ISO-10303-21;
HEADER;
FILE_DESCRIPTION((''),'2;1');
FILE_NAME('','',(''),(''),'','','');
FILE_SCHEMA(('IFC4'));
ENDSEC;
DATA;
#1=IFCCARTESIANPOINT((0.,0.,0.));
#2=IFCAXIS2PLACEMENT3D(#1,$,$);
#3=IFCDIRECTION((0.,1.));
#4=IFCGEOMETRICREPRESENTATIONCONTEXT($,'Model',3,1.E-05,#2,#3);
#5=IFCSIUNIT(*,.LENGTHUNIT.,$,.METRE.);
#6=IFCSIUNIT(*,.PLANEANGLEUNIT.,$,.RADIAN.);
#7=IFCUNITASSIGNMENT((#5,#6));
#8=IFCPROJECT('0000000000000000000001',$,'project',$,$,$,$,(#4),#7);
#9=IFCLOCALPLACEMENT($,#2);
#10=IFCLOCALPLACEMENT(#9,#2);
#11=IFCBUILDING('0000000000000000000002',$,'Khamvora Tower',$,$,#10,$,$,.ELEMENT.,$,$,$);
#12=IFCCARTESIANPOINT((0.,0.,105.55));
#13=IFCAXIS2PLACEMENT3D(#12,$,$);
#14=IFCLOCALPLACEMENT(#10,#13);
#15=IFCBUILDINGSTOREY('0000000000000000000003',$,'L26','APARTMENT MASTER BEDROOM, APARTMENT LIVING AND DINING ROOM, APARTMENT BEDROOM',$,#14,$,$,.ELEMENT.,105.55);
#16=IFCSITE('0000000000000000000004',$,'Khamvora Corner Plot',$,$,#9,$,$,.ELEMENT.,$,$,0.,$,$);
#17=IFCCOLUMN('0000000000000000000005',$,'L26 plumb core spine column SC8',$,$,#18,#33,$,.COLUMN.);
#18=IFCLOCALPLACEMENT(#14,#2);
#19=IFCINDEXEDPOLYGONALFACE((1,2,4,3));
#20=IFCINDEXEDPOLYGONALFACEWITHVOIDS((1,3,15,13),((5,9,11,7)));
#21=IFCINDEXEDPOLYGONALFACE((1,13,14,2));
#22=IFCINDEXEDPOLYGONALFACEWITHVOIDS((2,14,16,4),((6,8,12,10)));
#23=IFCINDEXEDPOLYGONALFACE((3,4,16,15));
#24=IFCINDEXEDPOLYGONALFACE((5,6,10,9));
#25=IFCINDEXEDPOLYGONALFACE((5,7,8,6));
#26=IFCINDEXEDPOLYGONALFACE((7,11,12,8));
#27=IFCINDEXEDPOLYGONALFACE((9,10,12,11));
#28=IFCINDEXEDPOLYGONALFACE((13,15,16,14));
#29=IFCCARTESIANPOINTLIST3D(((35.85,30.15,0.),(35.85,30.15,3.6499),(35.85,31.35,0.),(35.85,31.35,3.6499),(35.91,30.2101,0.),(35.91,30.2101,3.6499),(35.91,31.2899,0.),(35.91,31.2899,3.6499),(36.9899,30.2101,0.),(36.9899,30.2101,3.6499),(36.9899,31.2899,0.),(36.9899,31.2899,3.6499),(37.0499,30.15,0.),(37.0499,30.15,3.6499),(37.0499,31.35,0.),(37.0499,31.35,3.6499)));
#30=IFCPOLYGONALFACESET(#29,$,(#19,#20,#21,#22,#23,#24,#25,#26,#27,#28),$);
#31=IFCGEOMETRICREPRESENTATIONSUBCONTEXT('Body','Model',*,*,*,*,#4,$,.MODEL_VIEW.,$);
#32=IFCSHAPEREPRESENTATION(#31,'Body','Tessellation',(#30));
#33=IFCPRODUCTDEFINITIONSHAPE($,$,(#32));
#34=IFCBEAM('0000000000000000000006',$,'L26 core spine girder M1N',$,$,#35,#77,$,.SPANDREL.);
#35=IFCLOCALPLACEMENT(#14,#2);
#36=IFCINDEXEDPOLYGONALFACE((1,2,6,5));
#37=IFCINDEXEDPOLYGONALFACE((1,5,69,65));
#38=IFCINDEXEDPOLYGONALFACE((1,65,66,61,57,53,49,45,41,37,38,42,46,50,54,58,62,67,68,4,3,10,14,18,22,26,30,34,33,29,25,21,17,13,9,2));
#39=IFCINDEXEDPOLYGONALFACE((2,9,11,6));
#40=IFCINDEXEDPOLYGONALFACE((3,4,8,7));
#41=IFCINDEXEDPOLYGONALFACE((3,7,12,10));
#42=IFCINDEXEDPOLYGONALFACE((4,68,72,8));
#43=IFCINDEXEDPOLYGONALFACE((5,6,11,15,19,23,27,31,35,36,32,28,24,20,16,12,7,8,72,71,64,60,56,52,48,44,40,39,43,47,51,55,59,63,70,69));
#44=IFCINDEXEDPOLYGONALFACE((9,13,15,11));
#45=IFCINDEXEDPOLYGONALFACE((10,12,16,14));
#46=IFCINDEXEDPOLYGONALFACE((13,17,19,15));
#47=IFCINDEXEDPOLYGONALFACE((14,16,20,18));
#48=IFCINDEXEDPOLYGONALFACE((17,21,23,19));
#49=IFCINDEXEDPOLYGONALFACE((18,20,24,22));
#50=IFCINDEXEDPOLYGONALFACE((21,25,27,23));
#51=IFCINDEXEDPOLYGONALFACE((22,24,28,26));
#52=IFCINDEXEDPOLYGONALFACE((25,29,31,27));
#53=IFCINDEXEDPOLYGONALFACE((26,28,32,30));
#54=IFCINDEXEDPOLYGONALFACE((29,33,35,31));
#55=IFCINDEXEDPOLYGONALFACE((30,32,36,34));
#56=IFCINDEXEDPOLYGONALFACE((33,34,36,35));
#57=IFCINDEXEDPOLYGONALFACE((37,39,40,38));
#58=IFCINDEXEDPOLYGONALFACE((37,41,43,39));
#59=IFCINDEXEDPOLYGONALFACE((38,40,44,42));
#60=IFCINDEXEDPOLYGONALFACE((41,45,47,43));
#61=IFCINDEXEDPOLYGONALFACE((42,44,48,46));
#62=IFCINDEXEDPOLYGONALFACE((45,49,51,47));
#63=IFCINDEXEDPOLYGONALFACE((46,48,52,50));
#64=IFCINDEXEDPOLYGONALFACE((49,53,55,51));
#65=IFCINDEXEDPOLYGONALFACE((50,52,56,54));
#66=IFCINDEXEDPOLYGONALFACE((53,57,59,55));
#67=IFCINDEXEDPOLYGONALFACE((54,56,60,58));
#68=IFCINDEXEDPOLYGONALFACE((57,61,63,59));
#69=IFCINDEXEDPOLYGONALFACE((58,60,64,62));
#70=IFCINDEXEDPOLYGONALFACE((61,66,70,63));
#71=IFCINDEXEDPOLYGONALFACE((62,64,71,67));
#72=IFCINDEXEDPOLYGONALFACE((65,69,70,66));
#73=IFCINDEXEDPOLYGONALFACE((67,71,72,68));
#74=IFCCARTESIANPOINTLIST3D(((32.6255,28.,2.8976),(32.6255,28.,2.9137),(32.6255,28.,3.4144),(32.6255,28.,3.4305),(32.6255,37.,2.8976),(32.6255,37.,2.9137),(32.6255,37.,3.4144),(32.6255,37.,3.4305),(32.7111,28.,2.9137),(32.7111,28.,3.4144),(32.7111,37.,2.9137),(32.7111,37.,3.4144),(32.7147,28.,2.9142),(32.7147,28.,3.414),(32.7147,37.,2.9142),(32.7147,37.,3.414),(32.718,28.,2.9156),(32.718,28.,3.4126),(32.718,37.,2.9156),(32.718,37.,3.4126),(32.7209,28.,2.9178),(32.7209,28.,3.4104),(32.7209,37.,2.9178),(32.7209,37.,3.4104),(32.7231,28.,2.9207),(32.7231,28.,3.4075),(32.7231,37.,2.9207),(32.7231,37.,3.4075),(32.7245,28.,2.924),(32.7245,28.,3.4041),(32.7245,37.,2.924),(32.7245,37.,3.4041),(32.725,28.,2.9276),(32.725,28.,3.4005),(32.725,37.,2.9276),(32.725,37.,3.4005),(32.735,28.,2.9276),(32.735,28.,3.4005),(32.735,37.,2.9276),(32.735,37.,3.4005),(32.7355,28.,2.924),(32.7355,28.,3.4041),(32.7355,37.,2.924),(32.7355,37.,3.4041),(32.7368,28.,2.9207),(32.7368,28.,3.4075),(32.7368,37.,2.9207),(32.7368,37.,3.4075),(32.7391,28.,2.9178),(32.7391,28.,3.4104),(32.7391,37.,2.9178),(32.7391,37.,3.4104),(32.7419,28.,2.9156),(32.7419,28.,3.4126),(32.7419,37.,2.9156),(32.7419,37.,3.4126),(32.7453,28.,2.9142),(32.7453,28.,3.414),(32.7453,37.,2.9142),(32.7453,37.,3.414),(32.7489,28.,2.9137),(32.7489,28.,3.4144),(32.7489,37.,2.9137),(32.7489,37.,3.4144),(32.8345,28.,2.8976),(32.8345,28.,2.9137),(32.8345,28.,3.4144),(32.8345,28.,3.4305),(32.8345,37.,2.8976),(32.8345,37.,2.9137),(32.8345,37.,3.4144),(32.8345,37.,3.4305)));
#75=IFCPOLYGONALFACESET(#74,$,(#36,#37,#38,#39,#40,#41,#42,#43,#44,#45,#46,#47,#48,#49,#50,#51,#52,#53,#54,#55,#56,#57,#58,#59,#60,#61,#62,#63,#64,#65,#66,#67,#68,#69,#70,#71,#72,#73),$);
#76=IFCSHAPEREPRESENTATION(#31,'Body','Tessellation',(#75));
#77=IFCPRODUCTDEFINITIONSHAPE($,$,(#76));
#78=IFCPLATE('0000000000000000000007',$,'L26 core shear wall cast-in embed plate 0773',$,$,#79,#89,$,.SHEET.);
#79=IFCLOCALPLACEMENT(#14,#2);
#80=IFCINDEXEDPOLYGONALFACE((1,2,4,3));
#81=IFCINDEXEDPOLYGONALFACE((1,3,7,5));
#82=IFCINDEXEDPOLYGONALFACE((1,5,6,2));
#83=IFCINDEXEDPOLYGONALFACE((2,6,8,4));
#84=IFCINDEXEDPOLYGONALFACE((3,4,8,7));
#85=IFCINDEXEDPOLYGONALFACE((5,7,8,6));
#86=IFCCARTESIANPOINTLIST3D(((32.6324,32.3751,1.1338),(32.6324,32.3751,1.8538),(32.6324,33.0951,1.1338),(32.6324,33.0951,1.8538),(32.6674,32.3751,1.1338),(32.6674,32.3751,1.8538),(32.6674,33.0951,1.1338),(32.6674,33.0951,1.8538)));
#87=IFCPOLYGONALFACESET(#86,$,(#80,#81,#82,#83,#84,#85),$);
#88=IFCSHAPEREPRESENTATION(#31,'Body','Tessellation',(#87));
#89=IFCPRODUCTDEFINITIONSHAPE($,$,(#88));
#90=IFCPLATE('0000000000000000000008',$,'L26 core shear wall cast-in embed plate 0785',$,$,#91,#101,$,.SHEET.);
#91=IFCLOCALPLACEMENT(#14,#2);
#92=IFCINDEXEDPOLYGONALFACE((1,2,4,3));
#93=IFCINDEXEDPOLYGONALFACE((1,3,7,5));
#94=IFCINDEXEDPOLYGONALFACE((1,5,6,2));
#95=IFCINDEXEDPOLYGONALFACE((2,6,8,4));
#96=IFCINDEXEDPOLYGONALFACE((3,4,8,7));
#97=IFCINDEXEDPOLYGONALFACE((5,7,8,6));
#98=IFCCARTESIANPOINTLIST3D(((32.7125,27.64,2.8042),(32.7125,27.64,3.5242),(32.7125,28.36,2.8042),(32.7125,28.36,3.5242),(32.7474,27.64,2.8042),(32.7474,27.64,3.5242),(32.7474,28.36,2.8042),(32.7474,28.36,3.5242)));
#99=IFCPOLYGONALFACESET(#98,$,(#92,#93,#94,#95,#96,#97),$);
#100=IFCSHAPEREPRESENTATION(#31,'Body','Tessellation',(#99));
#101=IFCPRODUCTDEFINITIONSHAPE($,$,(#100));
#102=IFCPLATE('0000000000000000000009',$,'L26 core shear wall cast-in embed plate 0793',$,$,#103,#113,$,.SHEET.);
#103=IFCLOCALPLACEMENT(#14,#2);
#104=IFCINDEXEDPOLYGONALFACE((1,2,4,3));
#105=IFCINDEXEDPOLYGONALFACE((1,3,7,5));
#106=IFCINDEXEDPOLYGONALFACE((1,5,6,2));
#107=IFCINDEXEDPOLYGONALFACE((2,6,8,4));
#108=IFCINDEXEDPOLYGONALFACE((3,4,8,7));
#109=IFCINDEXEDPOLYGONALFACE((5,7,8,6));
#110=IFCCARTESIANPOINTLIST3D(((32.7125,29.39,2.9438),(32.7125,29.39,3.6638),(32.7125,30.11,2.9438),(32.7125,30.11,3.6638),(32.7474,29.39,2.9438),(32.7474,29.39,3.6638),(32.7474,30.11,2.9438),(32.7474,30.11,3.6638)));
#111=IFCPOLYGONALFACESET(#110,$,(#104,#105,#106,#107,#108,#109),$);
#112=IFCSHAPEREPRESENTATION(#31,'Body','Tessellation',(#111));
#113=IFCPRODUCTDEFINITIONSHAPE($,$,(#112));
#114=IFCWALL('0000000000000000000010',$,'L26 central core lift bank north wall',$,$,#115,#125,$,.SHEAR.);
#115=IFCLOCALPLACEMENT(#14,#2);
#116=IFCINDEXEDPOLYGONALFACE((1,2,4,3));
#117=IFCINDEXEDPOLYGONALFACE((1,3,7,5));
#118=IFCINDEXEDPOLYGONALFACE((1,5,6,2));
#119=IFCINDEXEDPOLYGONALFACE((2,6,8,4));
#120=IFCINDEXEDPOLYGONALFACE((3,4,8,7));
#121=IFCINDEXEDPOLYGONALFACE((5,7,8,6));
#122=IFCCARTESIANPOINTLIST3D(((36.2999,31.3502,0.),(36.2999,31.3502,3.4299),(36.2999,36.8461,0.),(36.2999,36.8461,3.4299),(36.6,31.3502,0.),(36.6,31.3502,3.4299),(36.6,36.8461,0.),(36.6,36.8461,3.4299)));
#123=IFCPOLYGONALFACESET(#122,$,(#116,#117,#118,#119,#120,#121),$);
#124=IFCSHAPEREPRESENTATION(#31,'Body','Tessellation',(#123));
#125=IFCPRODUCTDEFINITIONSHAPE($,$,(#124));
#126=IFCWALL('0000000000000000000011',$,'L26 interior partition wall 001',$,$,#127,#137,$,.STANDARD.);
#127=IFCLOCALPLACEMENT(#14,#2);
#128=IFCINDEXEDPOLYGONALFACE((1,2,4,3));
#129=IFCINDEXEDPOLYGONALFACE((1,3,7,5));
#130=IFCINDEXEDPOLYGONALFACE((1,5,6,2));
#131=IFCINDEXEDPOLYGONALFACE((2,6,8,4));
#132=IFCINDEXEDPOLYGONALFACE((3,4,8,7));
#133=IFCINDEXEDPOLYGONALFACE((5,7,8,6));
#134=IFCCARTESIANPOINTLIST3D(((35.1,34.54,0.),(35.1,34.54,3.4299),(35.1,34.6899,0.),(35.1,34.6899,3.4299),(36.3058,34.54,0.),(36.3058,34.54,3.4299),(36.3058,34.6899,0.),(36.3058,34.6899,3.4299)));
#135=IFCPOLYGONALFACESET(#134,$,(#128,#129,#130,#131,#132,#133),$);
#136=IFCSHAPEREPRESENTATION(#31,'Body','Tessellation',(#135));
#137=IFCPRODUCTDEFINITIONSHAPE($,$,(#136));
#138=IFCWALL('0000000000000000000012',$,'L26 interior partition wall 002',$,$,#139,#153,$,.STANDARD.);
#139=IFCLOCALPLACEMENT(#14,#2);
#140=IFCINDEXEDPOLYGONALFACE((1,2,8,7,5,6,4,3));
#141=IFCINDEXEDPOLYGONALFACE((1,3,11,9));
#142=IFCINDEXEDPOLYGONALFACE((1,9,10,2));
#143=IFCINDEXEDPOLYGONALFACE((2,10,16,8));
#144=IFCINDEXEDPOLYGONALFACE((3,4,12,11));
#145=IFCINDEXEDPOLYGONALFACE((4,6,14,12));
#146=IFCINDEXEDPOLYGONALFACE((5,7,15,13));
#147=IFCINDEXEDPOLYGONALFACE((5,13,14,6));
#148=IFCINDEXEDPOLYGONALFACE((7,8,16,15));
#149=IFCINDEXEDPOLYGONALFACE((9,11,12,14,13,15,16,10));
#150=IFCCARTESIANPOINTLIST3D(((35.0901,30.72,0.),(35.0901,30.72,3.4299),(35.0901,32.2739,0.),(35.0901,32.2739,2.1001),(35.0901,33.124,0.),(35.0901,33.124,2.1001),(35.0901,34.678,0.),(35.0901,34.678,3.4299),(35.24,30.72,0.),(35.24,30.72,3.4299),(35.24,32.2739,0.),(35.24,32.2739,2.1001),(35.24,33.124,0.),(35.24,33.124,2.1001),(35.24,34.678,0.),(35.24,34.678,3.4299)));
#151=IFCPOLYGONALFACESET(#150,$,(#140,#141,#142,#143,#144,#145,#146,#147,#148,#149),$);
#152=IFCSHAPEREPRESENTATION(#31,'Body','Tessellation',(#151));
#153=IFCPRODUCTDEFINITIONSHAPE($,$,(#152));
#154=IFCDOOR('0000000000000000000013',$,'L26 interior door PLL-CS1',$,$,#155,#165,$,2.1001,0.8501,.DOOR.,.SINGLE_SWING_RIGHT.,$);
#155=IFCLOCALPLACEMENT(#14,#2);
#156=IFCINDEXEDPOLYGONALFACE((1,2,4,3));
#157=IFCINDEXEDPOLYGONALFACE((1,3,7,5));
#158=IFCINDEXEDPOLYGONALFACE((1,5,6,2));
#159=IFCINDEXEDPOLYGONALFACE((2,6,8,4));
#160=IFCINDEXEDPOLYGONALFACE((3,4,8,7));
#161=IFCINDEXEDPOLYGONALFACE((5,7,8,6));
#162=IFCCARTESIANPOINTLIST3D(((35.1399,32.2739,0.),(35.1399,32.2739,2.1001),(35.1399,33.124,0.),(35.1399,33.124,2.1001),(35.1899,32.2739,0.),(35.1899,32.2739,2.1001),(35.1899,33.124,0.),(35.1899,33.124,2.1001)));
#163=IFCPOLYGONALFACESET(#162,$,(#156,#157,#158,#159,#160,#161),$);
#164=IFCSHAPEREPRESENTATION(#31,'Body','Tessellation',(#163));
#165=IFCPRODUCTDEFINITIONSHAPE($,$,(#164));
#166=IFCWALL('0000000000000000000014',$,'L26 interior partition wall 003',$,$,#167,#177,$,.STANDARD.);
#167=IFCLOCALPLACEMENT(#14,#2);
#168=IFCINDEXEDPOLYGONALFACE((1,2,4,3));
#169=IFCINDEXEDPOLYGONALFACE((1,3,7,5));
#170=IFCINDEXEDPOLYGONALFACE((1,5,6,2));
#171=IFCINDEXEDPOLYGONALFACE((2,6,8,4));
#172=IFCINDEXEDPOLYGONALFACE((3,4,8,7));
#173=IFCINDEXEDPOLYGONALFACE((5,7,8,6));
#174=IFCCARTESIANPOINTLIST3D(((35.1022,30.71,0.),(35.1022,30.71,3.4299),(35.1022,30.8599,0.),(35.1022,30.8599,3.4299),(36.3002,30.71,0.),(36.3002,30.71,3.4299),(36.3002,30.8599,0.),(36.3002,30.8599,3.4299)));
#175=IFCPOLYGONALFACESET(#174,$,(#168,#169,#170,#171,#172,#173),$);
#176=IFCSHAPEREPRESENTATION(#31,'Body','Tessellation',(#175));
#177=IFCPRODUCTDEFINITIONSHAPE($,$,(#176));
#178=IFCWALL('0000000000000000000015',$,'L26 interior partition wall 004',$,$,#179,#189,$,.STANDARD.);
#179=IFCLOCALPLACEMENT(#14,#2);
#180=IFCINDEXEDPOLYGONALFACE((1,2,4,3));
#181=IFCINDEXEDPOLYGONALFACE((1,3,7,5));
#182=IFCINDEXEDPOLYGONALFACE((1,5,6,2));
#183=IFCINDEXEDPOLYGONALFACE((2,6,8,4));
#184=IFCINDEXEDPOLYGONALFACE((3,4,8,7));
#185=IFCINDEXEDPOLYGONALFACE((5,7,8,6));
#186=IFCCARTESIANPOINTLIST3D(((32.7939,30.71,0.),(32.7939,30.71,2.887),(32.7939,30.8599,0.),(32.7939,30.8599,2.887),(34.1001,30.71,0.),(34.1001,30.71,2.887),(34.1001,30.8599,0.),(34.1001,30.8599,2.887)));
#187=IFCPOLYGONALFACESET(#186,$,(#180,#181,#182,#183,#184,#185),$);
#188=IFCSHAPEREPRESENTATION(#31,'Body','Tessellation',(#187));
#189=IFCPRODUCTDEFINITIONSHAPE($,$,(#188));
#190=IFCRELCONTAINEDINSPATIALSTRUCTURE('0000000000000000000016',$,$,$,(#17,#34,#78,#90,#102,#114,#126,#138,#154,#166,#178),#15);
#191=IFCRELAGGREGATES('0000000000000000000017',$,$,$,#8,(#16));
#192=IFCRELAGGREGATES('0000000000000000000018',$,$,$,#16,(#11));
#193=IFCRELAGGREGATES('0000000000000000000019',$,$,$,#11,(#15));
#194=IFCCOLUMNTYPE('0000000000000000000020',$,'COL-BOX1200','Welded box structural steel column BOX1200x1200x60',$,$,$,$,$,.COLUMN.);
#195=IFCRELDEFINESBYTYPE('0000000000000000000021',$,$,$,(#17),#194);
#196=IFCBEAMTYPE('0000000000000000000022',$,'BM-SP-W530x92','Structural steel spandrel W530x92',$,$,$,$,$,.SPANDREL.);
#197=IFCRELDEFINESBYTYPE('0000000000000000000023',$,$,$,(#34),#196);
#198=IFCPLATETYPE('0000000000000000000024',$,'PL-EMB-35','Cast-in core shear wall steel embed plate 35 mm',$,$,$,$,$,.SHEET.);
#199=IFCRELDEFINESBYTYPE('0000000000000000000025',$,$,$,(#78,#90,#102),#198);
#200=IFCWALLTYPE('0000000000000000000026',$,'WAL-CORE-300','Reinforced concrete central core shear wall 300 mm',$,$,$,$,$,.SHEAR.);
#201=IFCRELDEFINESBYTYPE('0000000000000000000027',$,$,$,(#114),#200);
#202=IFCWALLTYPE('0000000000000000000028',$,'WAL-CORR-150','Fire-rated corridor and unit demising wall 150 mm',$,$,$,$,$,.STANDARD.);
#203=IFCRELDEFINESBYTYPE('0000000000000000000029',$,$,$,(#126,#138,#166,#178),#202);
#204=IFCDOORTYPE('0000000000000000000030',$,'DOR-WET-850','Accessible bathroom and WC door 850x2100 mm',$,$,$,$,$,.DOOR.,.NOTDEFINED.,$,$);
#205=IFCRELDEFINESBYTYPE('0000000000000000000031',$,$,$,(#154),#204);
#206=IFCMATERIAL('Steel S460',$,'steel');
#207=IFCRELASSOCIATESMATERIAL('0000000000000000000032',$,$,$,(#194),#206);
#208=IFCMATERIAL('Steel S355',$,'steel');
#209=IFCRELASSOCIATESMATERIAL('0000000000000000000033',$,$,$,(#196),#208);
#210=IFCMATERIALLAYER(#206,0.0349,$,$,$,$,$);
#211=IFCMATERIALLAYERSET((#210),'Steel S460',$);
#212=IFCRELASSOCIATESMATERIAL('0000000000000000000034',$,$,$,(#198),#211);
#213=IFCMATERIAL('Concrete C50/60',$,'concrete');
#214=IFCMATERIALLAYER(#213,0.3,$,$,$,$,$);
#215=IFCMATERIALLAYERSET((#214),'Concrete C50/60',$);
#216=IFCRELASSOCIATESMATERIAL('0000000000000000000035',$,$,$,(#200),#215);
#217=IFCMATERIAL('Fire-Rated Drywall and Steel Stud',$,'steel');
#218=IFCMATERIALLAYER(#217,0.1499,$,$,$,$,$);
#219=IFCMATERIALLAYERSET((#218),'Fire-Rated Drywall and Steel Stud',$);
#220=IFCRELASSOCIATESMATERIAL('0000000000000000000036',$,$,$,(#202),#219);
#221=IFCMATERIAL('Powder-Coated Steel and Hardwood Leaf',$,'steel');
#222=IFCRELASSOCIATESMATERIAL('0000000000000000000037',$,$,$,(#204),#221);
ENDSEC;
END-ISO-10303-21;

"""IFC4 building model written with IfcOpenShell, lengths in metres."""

from ifc_helpers import new_model, si_unit, direction, frame, frame_2d, origin, origin_2d, place, context, subcontext, project, spatial, rectangle, hollow_rectangle, i_section, extrude, material, layer, layer_set, material_profile, profile_set, type_object, element, fill, save


model = new_model("IFC4")

# Units and contexts
model_context = context("Model", 3, precision=1e-05, world=origin(), true_north=direction((0.0, 1.0)))
body_context = subcontext(model_context, "Body", "Model", "MODEL_VIEW")
ifc_project = project(units=[si_unit("LENGTHUNIT", "METRE"), si_unit("PLANEANGLEUNIT", "RADIAN")], contexts=[model_context])

# Site, building, storey
site_placement = place(None, origin())
site = spatial("IfcSite", under=ifc_project, at=site_placement, Name="Khamvora Corner Plot", CompositionType="ELEMENT", RefElevation=0.0)
building_placement = place(site_placement, origin())
building = spatial("IfcBuilding", under=site, at=building_placement, Name="Khamvora Tower", CompositionType="ELEMENT")
storey_placement = place(building_placement, frame((0.0, 0.0, 105.55)))
storey = spatial("IfcBuildingStorey", under=building, at=storey_placement, Name="L26", Description="APARTMENT MASTER BEDROOM, APARTMENT LIVING AND DINING ROOM, APARTMENT BEDROOM", CompositionType="ELEMENT", Elevation=105.55)

# Column
ifc_material_1 = material(Name="Steel S460", Category="steel")
ifc_material_profile_1 = material_profile(ifc_material_1, hollow_rectangle(XDim=1.2, YDim=1.2, WallThickness=0.0601, at=origin_2d()), Name="BOX1200x1200x60")
ifc_profile_set_1 = profile_set([ifc_material_profile_1], Name="Steel S460")
column_type = type_object("IfcColumnType", Name="COL-BOX1200", Description="Welded box structural steel column BOX1200x1200x60", PredefinedType="COLUMN", material=ifc_profile_set_1)
column_placement = place(storey_placement, frame((36.45, 30.75, 0.0), z_axis=(0.0, 0.0, 1.0), x_axis=(1.0, 0.0, 0.0)))
element("IfcColumn", 1, at=column_placement, inside=storey, type_object=column_type, Name="L26 plumb core spine column SC8", PredefinedType="COLUMN", context=body_context, shape_type="SweptSolid", body=[
    extrude(hollow_rectangle(XDim=1.2, YDim=1.2, WallThickness=0.0601, at=origin_2d()), origin(), (0.0, 0.0, 1.0), 3.6499),
])

# Beam
ifc_material_2 = material(Name="Steel S355", Category="steel")
ifc_material_profile_2 = material_profile(ifc_material_2, i_section(OverallWidth=0.209, OverallDepth=0.533, WebThickness=0.01, FlangeThickness=0.0161, FilletRadius=0.0139, at=origin_2d()), Name="W530x92")
ifc_profile_set_2 = profile_set([ifc_material_profile_2], Name="Steel S355")
beam_type = type_object("IfcBeamType", Name="BM-SP-W530x92", Description="Structural steel spandrel W530x92", PredefinedType="SPANDREL", material=ifc_profile_set_2)
beam_placement = place(storey_placement, frame((32.73, 28.0, 3.1641), z_axis=(0.0, 1.0, 0.0), x_axis=(-1.0, 0.0, 0.0)))
element("IfcBeam", 2, at=beam_placement, inside=storey, type_object=beam_type, Name="L26 core spine girder M1N", PredefinedType="SPANDREL", context=body_context, shape_type="SweptSolid", body=[
    extrude(i_section(OverallWidth=0.209, OverallDepth=0.533, WebThickness=0.01, FlangeThickness=0.0161, FilletRadius=0.0139, at=origin_2d()), origin(), (0.0, 0.0, 1.0), 9.0),
])

# Plates
ifc_layer_1 = layer(ifc_material_1, 0.0349)
ifc_layer_set_1 = layer_set([ifc_layer_1], Name="Steel S460")
plate_type = type_object("IfcPlateType", Name="PL-EMB-35", Description="Cast-in core shear wall steel embed plate 35 mm", PredefinedType="SHEET", material=ifc_layer_set_1)
for number, where, z_axis, x_axis, name in (
    (3, (32.6499, 32.7351, 1.1338), (0.0, 0.0, 1.0), (1.0, 0.0, 0.0), "L26 core shear wall cast-in embed plate 0773"),
    (4, (32.73, 28.0, 2.8042), (0.0, 0.0, 1.0), (1.0, 0.0, 0.0), "L26 core shear wall cast-in embed plate 0785"),
    (5, (32.73, 29.75, 2.9438), (0.0, 0.0, 1.0), (1.0, 0.0, 0.0), "L26 core shear wall cast-in embed plate 0793"),
):
    element("IfcPlate", number, at=place(storey_placement, frame(where, z_axis=z_axis, x_axis=x_axis)), inside=storey, type_object=plate_type, Name=name, PredefinedType="SHEET", context=body_context, shape_type="SweptSolid", body=[
        extrude(rectangle(XDim=0.0349, YDim=0.72, at=origin_2d()), origin(), (0.0, 0.0, 1.0), 0.72),
    ])

# Walls
ifc_material_3 = material(Name="Concrete C50/60", Category="concrete")
ifc_layer_2 = layer(ifc_material_3, 0.3)
ifc_layer_set_2 = layer_set([ifc_layer_2], Name="Concrete C50/60")
wall_type_1 = type_object("IfcWallType", Name="WAL-CORE-300", Description="Reinforced concrete central core shear wall 300 mm", PredefinedType="SHEAR", material=ifc_layer_set_2)
wall_1_placement = place(storey_placement, frame((36.45, 31.3501, 0.0), z_axis=(0.0, 0.0, 1.0), x_axis=(0.0, 1.0, 0.0)))
element("IfcWall", 6, at=wall_1_placement, inside=storey, type_object=wall_type_1, Name="L26 central core lift bank north wall", PredefinedType="SHEAR", context=body_context, shape_type="SweptSolid", body=[
    extrude(rectangle(XDim=5.4958, YDim=0.3, at=frame_2d((2.748, 0.0))), origin(), (0.0, 0.0, 1.0), 3.4299),
])
ifc_material_4 = material(Name="Fire-Rated Drywall and Steel Stud", Category="steel")
ifc_layer_3 = layer(ifc_material_4, 0.1499)
ifc_layer_set_3 = layer_set([ifc_layer_3], Name="Fire-Rated Drywall and Steel Stud")
wall_type_2 = type_object("IfcWallType", Name="WAL-CORR-150", Description="Fire-rated corridor and unit demising wall 150 mm", PredefinedType="STANDARD", material=ifc_layer_set_3)
wall_2_placement = place(storey_placement, frame((36.3059, 34.615, 0.0), z_axis=(0.0, 0.0, 1.0), x_axis=(-1.0, 0.0, 0.0)))
element("IfcWall", 7, at=wall_2_placement, inside=storey, type_object=wall_type_2, Name="L26 interior partition wall 001", PredefinedType="STANDARD", context=body_context, shape_type="SweptSolid", body=[
    extrude(rectangle(XDim=1.2058, YDim=0.1499, at=frame_2d((0.603, 0.0))), origin(), (0.0, 0.0, 1.0), 3.4299),
])

# Wall, opening, door
wall_3_placement = place(storey_placement, frame((35.165, 34.678, 0.0), z_axis=(0.0, 0.0, 1.0), x_axis=(0.0, -1.0, 0.0)))
wall_3 = element("IfcWall", 8, at=wall_3_placement, inside=storey, type_object=wall_type_2, Name="L26 interior partition wall 002", PredefinedType="STANDARD", context=body_context, shape_type="SweptSolid", body=[
    extrude(rectangle(XDim=3.958, YDim=0.1499, at=frame_2d((1.979, 0.0))), origin(), (0.0, 0.0, 1.0), 3.4299),
])
opening_1_placement = place(wall_3_placement, frame((1.554, 0.0, 0.0)))
opening_1 = element("IfcOpeningElement", 9, at=opening_1_placement, cuts=wall_3, PredefinedType="OPENING", context=body_context, shape_type="SweptSolid", body=[
    extrude(rectangle(XDim=0.8501, YDim=2.1001, at=frame_2d((0.425, 1.05))), frame((0.0, 0.085, 0.0), z_axis=(0.0, -1.0, 0.0), x_axis=(1.0, 0.0, 0.0)), (0.0, 0.0, 1.0), 0.1699),
])
ifc_material_5 = material(Name="Powder-Coated Steel and Hardwood Leaf", Category="steel")
door_type_1 = type_object("IfcDoorType", Name="DOR-WET-850", Description="Accessible bathroom and WC door 850x2100 mm", OperationType="NOTDEFINED", PredefinedType="DOOR", material=ifc_material_5)
door_1_placement = place(opening_1_placement, origin())
door_1 = element("IfcDoor", 10, at=door_1_placement, inside=storey, type_object=door_type_1, Name="L26 interior door PLL-CS1", OperationType="SINGLE_SWING_RIGHT", OverallHeight=2.1001, OverallWidth=0.8501, PredefinedType="DOOR", context=body_context, shape_type="SweptSolid", body=[
    extrude(rectangle(XDim=0.8501, YDim=2.1001, at=frame_2d((0.425, 1.05))), frame((0.0, 0.0249, 0.0), z_axis=(0.0, -1.0, 0.0), x_axis=(1.0, 0.0, 0.0)), (0.0, 0.0, 1.0), 0.05),
])
fill(opening_1, door_1)

# Walls
wall_4_placement = place(storey_placement, frame((35.1021, 30.7849, 0.0), z_axis=(0.0, 0.0, 1.0), x_axis=(1.0, 0.0, 0.0)))
element("IfcWall", 11, at=wall_4_placement, inside=storey, type_object=wall_type_2, Name="L26 interior partition wall 003", PredefinedType="STANDARD", context=body_context, shape_type="SweptSolid", body=[
    extrude(rectangle(XDim=1.198, YDim=0.1499, at=frame_2d((0.5991, 0.0))), origin(), (0.0, 0.0, 1.0), 3.4299),
])
wall_5_placement = place(storey_placement, frame((32.7939, 30.7849, 0.0), z_axis=(0.0, 0.0, 1.0), x_axis=(1.0, 0.0, 0.0)))
element("IfcWall", 12, at=wall_5_placement, inside=storey, type_object=wall_type_2, Name="L26 interior partition wall 004", PredefinedType="STANDARD", context=body_context, shape_type="SweptSolid", body=[
    extrude(rectangle(XDim=1.3062, YDim=0.1499, at=frame_2d((0.6531, 0.0))), origin(), (0.0, 0.0, 1.0), 2.887),
])

save(model, "model.ifc")
